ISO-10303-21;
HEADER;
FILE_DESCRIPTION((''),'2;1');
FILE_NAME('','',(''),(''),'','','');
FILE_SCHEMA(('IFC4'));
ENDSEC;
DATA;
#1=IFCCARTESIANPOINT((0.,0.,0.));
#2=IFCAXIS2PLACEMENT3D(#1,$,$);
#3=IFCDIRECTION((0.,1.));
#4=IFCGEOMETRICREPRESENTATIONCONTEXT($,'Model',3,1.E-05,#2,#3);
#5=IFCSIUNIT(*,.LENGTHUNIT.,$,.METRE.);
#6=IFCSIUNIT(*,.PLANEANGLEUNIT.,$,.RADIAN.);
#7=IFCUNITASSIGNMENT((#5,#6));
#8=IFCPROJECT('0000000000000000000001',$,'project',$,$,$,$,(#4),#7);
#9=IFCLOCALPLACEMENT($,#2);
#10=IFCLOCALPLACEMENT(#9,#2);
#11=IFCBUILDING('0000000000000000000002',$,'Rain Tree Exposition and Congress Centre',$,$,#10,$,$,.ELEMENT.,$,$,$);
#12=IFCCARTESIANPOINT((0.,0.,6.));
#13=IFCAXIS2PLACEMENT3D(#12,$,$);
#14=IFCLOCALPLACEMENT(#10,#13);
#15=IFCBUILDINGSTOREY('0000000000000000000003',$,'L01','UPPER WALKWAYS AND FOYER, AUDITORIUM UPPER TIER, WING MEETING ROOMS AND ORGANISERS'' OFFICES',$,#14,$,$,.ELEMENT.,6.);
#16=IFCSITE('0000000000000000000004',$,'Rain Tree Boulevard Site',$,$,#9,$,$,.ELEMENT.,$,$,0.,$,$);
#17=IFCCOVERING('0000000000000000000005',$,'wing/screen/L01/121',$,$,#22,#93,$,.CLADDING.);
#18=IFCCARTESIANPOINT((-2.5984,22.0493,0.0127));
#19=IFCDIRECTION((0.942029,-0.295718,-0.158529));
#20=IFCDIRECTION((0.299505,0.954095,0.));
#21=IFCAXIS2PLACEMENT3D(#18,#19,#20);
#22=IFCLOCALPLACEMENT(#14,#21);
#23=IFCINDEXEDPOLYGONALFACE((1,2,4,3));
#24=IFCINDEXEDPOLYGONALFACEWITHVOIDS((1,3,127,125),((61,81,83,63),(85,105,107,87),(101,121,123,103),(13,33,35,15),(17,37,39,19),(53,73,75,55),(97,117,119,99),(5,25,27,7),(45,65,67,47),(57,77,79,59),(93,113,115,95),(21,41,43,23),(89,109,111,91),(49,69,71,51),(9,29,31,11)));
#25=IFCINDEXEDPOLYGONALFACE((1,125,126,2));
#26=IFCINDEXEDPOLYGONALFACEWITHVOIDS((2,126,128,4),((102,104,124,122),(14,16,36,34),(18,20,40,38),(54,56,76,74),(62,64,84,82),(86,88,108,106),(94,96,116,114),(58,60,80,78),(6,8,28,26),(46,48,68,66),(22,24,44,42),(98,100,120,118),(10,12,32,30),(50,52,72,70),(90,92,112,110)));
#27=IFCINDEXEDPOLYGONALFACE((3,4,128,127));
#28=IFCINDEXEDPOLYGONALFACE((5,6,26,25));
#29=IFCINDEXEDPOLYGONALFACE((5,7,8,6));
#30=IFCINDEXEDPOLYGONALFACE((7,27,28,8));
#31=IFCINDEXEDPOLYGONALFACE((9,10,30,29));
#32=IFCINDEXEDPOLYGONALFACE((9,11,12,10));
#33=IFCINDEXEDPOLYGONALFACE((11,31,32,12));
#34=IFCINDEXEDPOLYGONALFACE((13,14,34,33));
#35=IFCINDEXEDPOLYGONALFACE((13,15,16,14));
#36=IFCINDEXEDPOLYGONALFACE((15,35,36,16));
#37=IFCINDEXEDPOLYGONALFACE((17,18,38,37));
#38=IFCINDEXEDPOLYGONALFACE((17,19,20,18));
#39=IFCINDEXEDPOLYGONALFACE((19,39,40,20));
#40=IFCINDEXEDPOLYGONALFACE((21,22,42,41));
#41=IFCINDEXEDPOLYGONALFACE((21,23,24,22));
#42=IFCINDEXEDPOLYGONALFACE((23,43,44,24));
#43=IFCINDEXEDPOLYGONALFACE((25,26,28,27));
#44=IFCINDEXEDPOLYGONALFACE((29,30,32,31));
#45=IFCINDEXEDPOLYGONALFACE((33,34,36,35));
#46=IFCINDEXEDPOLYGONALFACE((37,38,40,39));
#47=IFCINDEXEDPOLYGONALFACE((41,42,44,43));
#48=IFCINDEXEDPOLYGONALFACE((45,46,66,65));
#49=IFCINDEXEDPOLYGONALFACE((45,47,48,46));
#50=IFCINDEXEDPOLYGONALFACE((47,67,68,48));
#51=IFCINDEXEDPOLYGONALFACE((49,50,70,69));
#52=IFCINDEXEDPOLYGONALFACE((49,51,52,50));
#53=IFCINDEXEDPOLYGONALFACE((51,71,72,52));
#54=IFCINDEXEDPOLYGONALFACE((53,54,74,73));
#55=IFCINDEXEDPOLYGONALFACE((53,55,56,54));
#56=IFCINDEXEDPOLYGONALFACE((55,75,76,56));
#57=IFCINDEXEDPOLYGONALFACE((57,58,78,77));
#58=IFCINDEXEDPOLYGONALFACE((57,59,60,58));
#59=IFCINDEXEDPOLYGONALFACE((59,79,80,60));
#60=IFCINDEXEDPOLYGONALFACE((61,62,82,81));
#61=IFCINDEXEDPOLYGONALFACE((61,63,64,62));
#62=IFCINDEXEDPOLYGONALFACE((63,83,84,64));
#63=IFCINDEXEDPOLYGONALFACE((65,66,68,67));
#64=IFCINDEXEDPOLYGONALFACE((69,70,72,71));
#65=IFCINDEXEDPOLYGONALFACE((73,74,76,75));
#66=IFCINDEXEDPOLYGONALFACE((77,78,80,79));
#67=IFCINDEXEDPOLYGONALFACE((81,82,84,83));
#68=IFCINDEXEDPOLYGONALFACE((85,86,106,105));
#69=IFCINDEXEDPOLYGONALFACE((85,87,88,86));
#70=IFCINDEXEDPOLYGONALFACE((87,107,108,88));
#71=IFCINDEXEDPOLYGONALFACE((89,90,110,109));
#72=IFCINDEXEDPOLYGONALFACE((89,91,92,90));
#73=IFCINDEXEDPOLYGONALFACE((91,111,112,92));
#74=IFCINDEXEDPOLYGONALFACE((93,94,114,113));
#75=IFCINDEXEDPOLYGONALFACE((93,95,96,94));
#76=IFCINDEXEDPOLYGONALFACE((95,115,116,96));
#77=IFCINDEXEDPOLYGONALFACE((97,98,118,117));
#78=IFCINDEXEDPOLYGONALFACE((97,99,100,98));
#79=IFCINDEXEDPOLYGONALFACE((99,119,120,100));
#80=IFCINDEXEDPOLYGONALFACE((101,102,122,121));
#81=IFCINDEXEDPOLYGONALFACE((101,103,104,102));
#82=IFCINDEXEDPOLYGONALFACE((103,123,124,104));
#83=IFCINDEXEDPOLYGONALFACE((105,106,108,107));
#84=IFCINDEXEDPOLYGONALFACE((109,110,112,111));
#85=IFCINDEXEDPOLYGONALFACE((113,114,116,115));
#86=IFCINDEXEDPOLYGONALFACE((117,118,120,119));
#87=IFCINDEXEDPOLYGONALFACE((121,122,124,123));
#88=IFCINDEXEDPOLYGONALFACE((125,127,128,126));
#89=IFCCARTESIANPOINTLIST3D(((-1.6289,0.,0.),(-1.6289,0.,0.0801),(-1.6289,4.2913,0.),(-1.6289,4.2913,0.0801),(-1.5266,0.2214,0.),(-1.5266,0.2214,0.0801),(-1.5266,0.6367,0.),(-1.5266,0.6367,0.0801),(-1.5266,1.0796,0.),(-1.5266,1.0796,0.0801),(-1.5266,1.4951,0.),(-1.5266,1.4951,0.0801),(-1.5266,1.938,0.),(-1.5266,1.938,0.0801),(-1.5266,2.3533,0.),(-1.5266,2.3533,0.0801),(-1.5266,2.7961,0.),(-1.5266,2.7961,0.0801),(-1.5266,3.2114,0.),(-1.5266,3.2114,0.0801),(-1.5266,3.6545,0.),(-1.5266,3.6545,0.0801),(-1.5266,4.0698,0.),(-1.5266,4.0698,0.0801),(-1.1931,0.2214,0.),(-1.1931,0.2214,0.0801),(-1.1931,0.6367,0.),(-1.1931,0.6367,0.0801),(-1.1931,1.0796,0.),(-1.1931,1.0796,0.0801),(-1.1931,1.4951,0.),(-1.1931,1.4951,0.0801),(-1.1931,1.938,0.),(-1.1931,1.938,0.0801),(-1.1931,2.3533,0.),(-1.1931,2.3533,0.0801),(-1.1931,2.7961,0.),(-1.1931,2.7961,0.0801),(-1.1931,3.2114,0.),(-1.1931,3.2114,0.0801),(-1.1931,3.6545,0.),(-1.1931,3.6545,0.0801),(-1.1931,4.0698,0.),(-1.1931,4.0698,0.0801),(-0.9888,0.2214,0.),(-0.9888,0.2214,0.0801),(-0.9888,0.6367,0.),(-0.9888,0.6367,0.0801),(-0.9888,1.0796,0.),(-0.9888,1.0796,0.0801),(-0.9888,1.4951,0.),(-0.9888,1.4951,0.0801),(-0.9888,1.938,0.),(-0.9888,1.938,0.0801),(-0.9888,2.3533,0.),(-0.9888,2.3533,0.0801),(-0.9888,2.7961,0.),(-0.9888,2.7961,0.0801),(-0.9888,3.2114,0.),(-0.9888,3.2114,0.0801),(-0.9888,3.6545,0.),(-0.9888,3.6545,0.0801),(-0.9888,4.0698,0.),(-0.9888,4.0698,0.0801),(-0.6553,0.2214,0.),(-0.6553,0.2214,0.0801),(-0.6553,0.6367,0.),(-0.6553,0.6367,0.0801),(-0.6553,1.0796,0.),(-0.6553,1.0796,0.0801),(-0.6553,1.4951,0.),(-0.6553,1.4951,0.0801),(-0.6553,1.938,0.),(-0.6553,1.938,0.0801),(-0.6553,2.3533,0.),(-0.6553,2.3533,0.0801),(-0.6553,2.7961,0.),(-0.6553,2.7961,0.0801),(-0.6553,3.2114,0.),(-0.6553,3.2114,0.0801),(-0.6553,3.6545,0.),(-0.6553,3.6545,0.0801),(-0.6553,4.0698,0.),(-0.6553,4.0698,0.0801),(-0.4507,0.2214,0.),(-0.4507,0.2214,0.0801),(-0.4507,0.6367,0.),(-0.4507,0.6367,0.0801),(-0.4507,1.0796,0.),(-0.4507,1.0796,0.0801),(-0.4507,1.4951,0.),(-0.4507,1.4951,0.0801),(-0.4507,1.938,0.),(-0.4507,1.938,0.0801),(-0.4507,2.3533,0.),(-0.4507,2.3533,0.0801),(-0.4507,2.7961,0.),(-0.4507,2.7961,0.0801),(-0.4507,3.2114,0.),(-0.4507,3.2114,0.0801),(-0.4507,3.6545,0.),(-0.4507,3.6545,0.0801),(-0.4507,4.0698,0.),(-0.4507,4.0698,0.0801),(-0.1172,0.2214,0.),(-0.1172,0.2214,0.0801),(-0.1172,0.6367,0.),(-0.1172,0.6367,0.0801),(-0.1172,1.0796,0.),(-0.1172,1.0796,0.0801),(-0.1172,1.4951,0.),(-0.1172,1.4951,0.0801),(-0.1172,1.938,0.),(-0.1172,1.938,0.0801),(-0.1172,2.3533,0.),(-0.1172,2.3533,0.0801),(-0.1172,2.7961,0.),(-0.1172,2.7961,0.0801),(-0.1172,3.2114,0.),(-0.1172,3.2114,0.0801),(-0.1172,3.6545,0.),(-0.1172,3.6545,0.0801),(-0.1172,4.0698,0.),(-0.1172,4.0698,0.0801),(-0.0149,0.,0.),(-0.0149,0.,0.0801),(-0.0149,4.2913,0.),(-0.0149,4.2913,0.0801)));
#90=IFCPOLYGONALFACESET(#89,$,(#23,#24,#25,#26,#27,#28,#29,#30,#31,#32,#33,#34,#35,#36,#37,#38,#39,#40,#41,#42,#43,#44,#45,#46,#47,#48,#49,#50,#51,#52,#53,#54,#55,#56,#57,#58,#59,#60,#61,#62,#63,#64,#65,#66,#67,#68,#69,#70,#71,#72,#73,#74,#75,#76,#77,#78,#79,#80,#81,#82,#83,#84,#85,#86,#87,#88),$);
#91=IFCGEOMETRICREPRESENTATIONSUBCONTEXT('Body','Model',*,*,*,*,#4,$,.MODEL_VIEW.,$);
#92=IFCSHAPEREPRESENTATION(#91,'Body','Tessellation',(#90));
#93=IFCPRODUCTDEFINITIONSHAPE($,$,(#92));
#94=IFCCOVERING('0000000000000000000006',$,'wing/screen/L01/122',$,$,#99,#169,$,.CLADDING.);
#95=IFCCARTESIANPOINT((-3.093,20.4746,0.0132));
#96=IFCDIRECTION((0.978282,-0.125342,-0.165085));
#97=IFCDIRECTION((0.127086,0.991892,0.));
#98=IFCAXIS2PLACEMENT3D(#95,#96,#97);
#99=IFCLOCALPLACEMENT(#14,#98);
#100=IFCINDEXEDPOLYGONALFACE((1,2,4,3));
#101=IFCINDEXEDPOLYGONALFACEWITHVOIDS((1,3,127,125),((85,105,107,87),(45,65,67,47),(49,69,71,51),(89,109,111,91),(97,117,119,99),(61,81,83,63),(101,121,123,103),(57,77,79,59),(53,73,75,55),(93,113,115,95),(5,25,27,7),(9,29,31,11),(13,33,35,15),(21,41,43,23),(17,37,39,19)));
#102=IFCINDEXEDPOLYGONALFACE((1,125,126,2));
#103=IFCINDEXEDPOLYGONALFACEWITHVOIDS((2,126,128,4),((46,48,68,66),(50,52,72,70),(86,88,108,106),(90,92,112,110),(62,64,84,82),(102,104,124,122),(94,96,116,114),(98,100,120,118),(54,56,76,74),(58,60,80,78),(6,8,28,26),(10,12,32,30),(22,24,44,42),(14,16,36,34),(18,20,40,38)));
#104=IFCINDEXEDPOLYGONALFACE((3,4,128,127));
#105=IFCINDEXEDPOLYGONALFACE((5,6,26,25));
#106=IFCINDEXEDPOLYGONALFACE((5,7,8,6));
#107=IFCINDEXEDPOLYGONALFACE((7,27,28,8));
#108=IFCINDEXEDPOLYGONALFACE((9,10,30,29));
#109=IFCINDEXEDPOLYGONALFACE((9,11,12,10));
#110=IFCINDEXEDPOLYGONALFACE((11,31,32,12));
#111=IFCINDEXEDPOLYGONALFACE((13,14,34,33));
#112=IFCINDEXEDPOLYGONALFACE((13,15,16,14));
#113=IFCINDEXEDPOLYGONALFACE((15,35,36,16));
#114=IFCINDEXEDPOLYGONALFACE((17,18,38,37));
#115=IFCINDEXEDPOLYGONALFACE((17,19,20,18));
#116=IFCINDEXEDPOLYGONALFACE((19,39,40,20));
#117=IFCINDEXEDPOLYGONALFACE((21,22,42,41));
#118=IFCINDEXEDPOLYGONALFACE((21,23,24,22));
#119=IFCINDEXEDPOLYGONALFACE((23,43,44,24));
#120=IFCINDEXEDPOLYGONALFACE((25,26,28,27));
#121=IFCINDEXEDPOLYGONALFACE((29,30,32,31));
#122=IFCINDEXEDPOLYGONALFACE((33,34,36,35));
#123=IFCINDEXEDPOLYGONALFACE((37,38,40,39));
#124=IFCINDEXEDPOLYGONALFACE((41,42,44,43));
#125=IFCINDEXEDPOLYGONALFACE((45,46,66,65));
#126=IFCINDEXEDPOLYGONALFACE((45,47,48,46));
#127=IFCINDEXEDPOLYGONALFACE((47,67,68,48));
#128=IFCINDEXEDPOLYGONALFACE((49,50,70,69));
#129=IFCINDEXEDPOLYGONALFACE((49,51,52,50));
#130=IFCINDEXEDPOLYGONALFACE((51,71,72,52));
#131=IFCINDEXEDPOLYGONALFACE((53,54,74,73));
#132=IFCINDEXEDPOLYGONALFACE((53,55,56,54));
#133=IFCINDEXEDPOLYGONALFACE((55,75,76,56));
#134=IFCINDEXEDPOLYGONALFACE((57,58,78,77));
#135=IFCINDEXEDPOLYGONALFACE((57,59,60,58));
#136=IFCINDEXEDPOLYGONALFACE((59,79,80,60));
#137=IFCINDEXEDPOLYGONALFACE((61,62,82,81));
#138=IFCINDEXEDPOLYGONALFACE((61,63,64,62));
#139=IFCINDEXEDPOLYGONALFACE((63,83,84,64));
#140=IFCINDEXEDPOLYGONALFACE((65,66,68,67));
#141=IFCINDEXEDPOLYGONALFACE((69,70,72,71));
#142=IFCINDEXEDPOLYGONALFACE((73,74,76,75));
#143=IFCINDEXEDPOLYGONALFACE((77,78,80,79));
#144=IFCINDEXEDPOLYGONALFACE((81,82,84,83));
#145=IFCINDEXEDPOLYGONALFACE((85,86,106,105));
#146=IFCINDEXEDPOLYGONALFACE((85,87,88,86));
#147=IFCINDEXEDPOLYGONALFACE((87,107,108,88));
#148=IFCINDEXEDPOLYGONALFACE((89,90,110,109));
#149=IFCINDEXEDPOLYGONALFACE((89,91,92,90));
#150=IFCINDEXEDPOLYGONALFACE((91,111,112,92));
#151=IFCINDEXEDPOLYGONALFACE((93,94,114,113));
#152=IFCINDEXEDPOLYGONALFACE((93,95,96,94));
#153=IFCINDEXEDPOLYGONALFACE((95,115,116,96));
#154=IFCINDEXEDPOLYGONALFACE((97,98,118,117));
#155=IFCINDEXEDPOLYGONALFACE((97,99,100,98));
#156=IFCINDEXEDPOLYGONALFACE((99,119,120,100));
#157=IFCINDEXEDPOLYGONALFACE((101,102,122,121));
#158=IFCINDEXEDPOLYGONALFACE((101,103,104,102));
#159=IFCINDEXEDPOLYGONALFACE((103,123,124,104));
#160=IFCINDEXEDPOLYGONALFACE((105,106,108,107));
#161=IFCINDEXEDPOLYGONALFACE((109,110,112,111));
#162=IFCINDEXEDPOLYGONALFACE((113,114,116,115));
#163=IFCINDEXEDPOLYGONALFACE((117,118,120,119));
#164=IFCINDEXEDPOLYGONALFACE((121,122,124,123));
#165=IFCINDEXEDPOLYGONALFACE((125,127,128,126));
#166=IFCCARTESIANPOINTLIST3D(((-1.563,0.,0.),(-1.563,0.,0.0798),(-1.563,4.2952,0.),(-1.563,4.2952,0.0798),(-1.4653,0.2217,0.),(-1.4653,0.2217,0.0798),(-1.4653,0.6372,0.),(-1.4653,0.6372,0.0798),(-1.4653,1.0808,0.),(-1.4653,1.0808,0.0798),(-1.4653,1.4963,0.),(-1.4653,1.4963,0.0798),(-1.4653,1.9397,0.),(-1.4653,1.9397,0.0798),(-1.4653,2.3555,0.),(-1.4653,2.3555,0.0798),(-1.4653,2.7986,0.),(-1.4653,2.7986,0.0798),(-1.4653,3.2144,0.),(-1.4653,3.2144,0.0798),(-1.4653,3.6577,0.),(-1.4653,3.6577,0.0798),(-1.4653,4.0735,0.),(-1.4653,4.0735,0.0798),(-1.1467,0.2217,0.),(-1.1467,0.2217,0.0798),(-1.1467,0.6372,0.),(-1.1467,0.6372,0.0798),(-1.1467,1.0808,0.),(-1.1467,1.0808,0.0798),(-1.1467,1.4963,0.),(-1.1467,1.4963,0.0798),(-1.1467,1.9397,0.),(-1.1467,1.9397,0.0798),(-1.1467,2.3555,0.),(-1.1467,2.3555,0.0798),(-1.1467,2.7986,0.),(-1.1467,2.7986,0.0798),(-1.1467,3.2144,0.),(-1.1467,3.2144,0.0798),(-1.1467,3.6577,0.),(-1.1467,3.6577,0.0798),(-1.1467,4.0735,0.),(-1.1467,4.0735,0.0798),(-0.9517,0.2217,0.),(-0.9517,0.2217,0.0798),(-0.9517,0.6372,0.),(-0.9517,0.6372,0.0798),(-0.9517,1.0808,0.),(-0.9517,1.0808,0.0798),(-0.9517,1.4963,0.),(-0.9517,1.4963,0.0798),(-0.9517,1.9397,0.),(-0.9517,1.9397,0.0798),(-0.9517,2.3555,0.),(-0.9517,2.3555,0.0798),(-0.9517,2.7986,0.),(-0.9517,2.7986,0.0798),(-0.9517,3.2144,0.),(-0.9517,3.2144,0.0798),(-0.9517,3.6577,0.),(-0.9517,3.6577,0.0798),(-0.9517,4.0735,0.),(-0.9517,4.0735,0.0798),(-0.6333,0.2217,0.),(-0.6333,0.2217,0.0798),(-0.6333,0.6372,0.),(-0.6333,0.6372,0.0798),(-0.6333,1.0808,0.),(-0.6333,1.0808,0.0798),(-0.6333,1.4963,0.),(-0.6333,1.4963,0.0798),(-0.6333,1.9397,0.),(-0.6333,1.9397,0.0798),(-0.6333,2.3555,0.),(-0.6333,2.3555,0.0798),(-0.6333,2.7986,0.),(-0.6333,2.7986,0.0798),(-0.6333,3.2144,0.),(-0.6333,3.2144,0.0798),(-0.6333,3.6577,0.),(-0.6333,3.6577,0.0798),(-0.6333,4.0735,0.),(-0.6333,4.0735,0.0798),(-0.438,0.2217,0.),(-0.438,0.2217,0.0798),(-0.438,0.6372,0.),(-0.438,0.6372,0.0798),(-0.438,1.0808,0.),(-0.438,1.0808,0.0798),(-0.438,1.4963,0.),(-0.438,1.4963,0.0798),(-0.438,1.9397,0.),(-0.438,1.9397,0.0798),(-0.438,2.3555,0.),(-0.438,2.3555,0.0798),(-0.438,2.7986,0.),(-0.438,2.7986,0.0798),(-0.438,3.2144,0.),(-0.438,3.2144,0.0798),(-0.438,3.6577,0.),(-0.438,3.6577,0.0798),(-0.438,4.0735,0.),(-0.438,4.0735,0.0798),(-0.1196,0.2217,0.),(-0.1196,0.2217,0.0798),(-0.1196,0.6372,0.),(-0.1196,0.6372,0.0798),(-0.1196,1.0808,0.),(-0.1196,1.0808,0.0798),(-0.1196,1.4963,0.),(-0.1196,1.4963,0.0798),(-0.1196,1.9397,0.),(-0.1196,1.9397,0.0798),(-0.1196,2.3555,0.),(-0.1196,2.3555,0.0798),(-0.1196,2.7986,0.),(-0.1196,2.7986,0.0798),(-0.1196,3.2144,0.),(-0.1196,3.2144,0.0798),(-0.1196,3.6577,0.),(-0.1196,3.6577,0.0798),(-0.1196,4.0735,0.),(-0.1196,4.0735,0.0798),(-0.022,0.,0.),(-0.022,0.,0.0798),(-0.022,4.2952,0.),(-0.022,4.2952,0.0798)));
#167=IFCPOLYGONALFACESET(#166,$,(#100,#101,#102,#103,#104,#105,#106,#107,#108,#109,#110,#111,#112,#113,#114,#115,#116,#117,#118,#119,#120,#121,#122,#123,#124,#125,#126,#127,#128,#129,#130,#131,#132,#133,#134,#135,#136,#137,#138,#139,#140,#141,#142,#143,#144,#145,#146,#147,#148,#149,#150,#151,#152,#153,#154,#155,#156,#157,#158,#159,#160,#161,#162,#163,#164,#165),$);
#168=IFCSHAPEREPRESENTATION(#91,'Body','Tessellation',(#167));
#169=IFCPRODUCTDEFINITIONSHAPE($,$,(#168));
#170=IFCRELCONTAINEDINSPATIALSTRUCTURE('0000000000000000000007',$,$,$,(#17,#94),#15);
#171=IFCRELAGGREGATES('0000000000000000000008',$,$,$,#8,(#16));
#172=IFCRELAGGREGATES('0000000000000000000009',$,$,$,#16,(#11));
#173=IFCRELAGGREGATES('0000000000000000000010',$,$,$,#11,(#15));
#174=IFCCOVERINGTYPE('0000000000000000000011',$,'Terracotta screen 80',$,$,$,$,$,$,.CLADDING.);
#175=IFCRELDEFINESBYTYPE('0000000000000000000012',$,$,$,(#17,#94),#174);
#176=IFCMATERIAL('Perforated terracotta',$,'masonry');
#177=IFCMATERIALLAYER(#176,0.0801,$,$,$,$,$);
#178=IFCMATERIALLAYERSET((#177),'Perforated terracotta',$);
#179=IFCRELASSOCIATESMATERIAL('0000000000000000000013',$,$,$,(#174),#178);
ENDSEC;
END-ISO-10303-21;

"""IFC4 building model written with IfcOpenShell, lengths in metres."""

from ifc_helpers import new_model, si_unit, direction, frame, origin, place, context, subcontext, project, spatial, polyline, outline, extrude, material, layer, layer_set, type_object, element, save


model = new_model("IFC4")

# Units and contexts
model_context = context("Model", 3, precision=1e-05, world=origin(), true_north=direction((0.0, 1.0)))
body_context = subcontext(model_context, "Body", "Model", "MODEL_VIEW")
ifc_project = project(units=[si_unit("LENGTHUNIT", "METRE"), si_unit("PLANEANGLEUNIT", "RADIAN")], contexts=[model_context])

# Site, building, storey
site_placement = place(None, origin())
site = spatial("IfcSite", under=ifc_project, at=site_placement, Name="Rain Tree Boulevard Site", CompositionType="ELEMENT", RefElevation=0.0)
building_placement = place(site_placement, origin())
building = spatial("IfcBuilding", under=site, at=building_placement, Name="Rain Tree Exposition and Congress Centre", CompositionType="ELEMENT")
storey_placement = place(building_placement, frame((0.0, 0.0, 6.0)))
storey = spatial("IfcBuildingStorey", under=building, at=storey_placement, Name="L01", Description="UPPER WALKWAYS AND FOYER, AUDITORIUM UPPER TIER, WING MEETING ROOMS AND ORGANISERS' OFFICES", CompositionType="ELEMENT", Elevation=6.0)

# Coverings
ifc_material_1 = material(Name="Perforated terracotta", Category="masonry")
ifc_layer_1 = layer(ifc_material_1, 0.0801)
ifc_layer_set_1 = layer_set([ifc_layer_1], Name="Perforated terracotta")
covering_type = type_object("IfcCoveringType", Name="Terracotta screen 80", PredefinedType="CLADDING", material=ifc_layer_set_1)
covering_1_placement = place(storey_placement, frame((-2.5984, 22.0493, 0.0127), z_axis=(0.942029, -0.295718, -0.158529), x_axis=(0.299505, 0.954095, 0.0)))
element("IfcCovering", 1, at=covering_1_placement, inside=storey, type_object=covering_type, Name="wing/screen/L01/121", PredefinedType="CLADDING", context=body_context, shape_type="SweptSolid", body=[
    extrude(outline(polyline([(-1.6289, 0.0), (-1.6289, 4.2913), (-0.0149, 4.2913), (-0.0149, 0.0), (-1.6289, 0.0)]), holes=[polyline([(-0.1172, 0.2214), (-0.1172, 0.6367), (-0.4507, 0.6367), (-0.4507, 0.2214), (-0.1172, 0.2214)]), polyline([(-0.1172, 1.0796), (-0.1172, 1.4951), (-0.4507, 1.4951), (-0.4507, 1.0796), (-0.1172, 1.0796)]), polyline([(-0.1172, 1.938), (-0.1172, 2.3533), (-0.4507, 2.3533), (-0.4507, 1.938), (-0.1172, 1.938)]), polyline([(-0.1172, 2.7961), (-0.1172, 3.2114), (-0.4507, 3.2114), (-0.4507, 2.7961), (-0.1172, 2.7961)]), polyline([(-0.1172, 3.6545), (-0.1172, 4.0698), (-0.4507, 4.0698), (-0.4507, 3.6545), (-0.1172, 3.6545)]), polyline([(-0.6553, 0.2214), (-0.6553, 0.6367), (-0.9888, 0.6367), (-0.9888, 0.2214), (-0.6553, 0.2214)]), polyline([(-0.6553, 1.0796), (-0.6553, 1.4951), (-0.9888, 1.4951), (-0.9888, 1.0796), (-0.6553, 1.0796)]), polyline([(-0.6553, 1.938), (-0.6553, 2.3533), (-0.9888, 2.3533), (-0.9888, 1.938), (-0.6553, 1.938)]), polyline([(-0.6553, 2.7961), (-0.6553, 3.2114), (-0.9888, 3.2114), (-0.9888, 2.7961), (-0.6553, 2.7961)]), polyline([(-0.6553, 3.6545), (-0.6553, 4.0698), (-0.9888, 4.0698), (-0.9888, 3.6545), (-0.6553, 3.6545)]), polyline([(-1.1931, 0.2214), (-1.1931, 0.6367), (-1.5266, 0.6367), (-1.5266, 0.2214), (-1.1931, 0.2214)]), polyline([(-1.1931, 1.0796), (-1.1931, 1.4951), (-1.5266, 1.4951), (-1.5266, 1.0796), (-1.1931, 1.0796)]), polyline([(-1.1931, 1.938), (-1.1931, 2.3533), (-1.5266, 2.3533), (-1.5266, 1.938), (-1.1931, 1.938)]), polyline([(-1.1931, 2.7961), (-1.1931, 3.2114), (-1.5266, 3.2114), (-1.5266, 2.7961), (-1.1931, 2.7961)]), polyline([(-1.1931, 3.6545), (-1.1931, 4.0698), (-1.5266, 4.0698), (-1.5266, 3.6545), (-1.1931, 3.6545)])]), origin(), (0.0, 0.0, 1.0), 0.0801),
])
covering_2_placement = place(storey_placement, frame((-3.093, 20.4746, 0.0132), z_axis=(0.978282, -0.125342, -0.165085), x_axis=(0.127086, 0.991892, 0.0)))
element("IfcCovering", 2, at=covering_2_placement, inside=storey, type_object=covering_type, Name="wing/screen/L01/122", PredefinedType="CLADDING", context=body_context, shape_type="SweptSolid", body=[
    extrude(outline(polyline([(-1.563, 0.0), (-1.563, 4.2952), (-0.022, 4.2952), (-0.022, 0.0), (-1.563, 0.0)]), holes=[polyline([(-0.1196, 0.2217), (-0.1196, 0.6372), (-0.438, 0.6372), (-0.438, 0.2217), (-0.1196, 0.2217)]), polyline([(-0.1196, 1.0808), (-0.1196, 1.4963), (-0.438, 1.4963), (-0.438, 1.0808), (-0.1196, 1.0808)]), polyline([(-0.1196, 1.9397), (-0.1196, 2.3555), (-0.438, 2.3555), (-0.438, 1.9397), (-0.1196, 1.9397)]), polyline([(-0.1196, 2.7986), (-0.1196, 3.2144), (-0.438, 3.2144), (-0.438, 2.7986), (-0.1196, 2.7986)]), polyline([(-0.1196, 3.6577), (-0.1196, 4.0735), (-0.438, 4.0735), (-0.438, 3.6577), (-0.1196, 3.6577)]), polyline([(-0.6333, 0.2217), (-0.6333, 0.6372), (-0.9517, 0.6372), (-0.9517, 0.2217), (-0.6333, 0.2217)]), polyline([(-0.6333, 1.0808), (-0.6333, 1.4963), (-0.9517, 1.4963), (-0.9517, 1.0808), (-0.6333, 1.0808)]), polyline([(-0.6333, 1.9397), (-0.6333, 2.3555), (-0.9517, 2.3555), (-0.9517, 1.9397), (-0.6333, 1.9397)]), polyline([(-0.6333, 2.7986), (-0.6333, 3.2144), (-0.9517, 3.2144), (-0.9517, 2.7986), (-0.6333, 2.7986)]), polyline([(-0.6333, 3.6577), (-0.6333, 4.0735), (-0.9517, 4.0735), (-0.9517, 3.6577), (-0.6333, 3.6577)]), polyline([(-1.1467, 0.2217), (-1.1467, 0.6372), (-1.4653, 0.6372), (-1.4653, 0.2217), (-1.1467, 0.2217)]), polyline([(-1.1467, 1.0808), (-1.1467, 1.4963), (-1.4653, 1.4963), (-1.4653, 1.0808), (-1.1467, 1.0808)]), polyline([(-1.1467, 1.9397), (-1.1467, 2.3555), (-1.4653, 2.3555), (-1.4653, 1.9397), (-1.1467, 1.9397)]), polyline([(-1.1467, 2.7986), (-1.1467, 3.2144), (-1.4653, 3.2144), (-1.4653, 2.7986), (-1.1467, 2.7986)]), polyline([(-1.1467, 3.6577), (-1.1467, 4.0735), (-1.4653, 4.0735), (-1.4653, 3.6577), (-1.1467, 3.6577)])]), origin(), (0.0, 0.0, 1.0), 0.0798),
])

save(model, "model.ifc")
